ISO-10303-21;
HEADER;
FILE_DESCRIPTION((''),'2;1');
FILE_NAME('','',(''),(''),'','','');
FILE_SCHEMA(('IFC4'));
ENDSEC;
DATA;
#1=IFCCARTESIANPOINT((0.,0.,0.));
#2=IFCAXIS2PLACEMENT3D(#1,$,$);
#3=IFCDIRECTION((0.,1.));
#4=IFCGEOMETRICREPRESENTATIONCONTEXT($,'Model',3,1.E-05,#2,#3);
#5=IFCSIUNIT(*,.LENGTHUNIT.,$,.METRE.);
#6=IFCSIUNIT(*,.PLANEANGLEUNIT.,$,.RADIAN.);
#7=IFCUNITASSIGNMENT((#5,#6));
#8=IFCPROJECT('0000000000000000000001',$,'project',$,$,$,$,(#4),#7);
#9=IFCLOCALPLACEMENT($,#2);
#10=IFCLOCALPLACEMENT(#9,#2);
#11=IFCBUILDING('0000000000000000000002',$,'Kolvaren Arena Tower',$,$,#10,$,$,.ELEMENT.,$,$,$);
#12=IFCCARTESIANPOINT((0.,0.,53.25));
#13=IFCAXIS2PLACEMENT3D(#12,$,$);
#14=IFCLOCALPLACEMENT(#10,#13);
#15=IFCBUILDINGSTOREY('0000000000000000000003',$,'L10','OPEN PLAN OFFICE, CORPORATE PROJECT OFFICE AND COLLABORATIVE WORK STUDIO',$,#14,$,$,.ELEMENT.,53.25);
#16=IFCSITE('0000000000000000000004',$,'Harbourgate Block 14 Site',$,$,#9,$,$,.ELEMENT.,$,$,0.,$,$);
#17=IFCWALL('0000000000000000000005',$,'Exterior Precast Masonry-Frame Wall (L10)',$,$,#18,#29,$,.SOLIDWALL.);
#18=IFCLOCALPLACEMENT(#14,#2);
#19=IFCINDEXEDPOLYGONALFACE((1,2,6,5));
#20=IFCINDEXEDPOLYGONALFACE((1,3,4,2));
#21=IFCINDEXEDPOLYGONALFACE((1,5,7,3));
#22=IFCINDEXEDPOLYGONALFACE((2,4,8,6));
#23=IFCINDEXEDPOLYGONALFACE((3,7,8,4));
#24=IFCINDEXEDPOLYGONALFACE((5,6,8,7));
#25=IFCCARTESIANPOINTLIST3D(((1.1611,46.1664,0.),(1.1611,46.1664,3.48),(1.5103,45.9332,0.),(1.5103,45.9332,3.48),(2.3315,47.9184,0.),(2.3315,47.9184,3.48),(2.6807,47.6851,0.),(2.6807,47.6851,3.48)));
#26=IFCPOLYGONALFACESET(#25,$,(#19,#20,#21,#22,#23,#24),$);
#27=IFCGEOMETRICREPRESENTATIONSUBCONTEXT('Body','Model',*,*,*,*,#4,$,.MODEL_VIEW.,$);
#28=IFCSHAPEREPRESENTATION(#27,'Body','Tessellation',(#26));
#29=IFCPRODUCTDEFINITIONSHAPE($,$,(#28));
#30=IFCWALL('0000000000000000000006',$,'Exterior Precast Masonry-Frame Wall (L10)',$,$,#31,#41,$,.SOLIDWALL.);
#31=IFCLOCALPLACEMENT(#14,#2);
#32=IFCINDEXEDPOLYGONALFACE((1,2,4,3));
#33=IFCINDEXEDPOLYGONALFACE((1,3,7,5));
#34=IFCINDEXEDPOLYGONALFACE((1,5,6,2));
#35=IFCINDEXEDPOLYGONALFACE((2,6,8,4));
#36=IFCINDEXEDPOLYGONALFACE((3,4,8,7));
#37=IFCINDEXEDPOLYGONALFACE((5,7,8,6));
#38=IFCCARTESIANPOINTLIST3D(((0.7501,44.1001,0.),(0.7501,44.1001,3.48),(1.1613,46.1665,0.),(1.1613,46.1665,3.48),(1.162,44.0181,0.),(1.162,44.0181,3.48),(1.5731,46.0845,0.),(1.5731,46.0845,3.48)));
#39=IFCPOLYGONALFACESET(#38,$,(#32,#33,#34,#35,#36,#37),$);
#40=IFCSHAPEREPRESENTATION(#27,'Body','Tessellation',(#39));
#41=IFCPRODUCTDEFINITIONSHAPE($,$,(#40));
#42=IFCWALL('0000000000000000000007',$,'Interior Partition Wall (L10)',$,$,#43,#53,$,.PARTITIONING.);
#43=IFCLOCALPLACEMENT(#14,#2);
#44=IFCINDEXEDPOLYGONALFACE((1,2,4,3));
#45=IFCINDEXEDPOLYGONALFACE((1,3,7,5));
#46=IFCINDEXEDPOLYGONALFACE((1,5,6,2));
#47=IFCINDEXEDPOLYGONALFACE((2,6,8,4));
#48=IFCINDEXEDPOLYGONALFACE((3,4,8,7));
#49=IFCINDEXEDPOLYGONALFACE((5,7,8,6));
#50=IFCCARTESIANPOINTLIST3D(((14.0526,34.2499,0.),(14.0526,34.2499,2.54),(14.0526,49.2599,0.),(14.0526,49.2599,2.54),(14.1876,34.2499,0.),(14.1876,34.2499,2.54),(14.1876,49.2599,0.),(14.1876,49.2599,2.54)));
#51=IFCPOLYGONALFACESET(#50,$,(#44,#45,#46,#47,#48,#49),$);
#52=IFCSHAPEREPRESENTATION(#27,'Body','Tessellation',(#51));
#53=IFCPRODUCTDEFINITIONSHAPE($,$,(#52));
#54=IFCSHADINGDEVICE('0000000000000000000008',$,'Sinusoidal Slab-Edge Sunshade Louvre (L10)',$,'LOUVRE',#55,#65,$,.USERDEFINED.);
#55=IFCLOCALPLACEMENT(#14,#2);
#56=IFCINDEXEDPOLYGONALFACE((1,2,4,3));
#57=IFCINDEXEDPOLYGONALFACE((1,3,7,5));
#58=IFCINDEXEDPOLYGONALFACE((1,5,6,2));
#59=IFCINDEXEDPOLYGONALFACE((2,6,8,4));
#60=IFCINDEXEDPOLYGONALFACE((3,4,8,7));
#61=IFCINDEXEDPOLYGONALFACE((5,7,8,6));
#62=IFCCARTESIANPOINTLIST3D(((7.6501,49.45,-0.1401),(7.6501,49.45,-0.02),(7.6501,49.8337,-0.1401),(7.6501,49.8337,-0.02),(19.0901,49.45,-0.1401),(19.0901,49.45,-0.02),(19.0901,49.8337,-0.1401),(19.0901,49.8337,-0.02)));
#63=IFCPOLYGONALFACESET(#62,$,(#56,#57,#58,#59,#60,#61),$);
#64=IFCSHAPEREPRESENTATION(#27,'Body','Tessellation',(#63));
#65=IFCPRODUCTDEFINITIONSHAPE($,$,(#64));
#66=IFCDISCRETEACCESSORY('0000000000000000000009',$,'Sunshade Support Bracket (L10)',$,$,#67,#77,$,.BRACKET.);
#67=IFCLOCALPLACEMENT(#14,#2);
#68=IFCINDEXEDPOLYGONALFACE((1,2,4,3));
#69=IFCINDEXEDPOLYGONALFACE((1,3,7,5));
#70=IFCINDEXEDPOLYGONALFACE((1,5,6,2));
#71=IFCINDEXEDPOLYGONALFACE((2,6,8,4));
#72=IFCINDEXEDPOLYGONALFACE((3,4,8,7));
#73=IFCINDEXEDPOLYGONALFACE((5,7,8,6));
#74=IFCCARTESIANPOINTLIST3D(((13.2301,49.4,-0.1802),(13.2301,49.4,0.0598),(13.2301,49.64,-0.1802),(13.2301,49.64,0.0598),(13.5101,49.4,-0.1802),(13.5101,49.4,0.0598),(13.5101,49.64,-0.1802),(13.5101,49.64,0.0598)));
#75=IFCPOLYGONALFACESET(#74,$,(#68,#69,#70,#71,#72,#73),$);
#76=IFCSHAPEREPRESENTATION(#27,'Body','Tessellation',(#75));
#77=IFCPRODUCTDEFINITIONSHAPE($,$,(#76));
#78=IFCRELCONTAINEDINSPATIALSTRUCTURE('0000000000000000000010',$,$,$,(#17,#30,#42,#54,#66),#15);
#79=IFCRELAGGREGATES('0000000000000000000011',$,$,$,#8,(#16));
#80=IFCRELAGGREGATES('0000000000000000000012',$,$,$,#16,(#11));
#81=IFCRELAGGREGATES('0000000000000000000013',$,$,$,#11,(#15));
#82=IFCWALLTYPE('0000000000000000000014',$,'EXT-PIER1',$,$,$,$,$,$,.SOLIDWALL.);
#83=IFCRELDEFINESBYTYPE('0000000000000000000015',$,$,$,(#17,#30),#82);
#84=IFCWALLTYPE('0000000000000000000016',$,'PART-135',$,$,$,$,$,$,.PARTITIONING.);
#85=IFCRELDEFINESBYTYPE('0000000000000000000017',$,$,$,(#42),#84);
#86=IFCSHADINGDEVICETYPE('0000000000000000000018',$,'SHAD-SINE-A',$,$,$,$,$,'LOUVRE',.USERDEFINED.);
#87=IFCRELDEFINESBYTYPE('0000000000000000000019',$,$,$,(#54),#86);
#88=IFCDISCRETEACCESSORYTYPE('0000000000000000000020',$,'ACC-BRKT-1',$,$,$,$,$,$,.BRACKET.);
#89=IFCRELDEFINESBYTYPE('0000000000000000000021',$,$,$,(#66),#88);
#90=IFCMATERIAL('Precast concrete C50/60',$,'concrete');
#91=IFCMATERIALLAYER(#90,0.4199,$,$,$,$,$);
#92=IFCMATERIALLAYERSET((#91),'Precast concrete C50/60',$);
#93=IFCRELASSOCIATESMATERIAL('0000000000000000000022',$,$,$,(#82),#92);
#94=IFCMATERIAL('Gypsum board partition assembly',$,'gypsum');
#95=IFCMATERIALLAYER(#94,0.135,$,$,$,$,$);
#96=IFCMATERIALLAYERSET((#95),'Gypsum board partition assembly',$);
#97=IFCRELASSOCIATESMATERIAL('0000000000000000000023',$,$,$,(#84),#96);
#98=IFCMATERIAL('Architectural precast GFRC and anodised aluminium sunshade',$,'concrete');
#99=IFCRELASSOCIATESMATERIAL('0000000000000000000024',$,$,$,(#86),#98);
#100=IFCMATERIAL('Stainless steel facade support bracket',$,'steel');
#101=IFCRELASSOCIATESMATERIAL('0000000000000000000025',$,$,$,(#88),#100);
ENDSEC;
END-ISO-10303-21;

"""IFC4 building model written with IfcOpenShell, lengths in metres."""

from ifc_helpers import new_model, si_unit, direction, frame, frame_2d, origin, origin_2d, place, context, subcontext, project, spatial, rectangle, extrude, material, layer, layer_set, type_object, element, save


model = new_model("IFC4")

# Units and contexts
model_context = context("Model", 3, precision=1e-05, world=origin(), true_north=direction((0.0, 1.0)))
body_context = subcontext(model_context, "Body", "Model", "MODEL_VIEW")
ifc_project = project(units=[si_unit("LENGTHUNIT", "METRE"), si_unit("PLANEANGLEUNIT", "RADIAN")], contexts=[model_context])

# Site, building, storey
site_placement = place(None, origin())
site = spatial("IfcSite", under=ifc_project, at=site_placement, Name="Harbourgate Block 14 Site", CompositionType="ELEMENT", RefElevation=0.0)
building_placement = place(site_placement, origin())
building = spatial("IfcBuilding", under=site, at=building_placement, Name="Kolvaren Arena Tower", CompositionType="ELEMENT")
storey_placement = place(building_placement, frame((0.0, 0.0, 53.25)))
storey = spatial("IfcBuildingStorey", under=building, at=storey_placement, Name="L10", Description="OPEN PLAN OFFICE, CORPORATE PROJECT OFFICE AND COLLABORATIVE WORK STUDIO", CompositionType="ELEMENT", Elevation=53.25)

# Shared definitions
ifc_material_1 = material(Name="Precast concrete C50/60", Category="concrete")
ifc_layer_1 = layer(ifc_material_1, 0.4199)
ifc_layer_set_1 = layer_set([ifc_layer_1], Name="Precast concrete C50/60")
wall_type_1 = type_object("IfcWallType", Name="EXT-PIER1", PredefinedType="SOLIDWALL", material=ifc_layer_set_1)

# Walls
for number, where, z_axis, x_axis, name in (
    (1, (1.3357, 46.0498, 0.0), (0.0, 0.0, 1.0), (0.555502, 0.831515, 0.0), "Exterior Precast Masonry-Frame Wall (L10)"),
    (2, (0.9561, 44.0591, 0.0), (0.0, 0.0, 1.0), (0.195136, 0.980776, 0.0), "Exterior Precast Masonry-Frame Wall (L10)"),
):
    element("IfcWall", number, at=place(storey_placement, frame(where, z_axis=z_axis, x_axis=x_axis)), inside=storey, type_object=wall_type_1, Name=name, PredefinedType="SOLIDWALL", context=body_context, shape_type="SweptSolid", body=[
        extrude(rectangle(XDim=2.1069, YDim=0.4199, at=frame_2d((1.0535, 0.0))), origin(), (0.0, 0.0, 1.0), 3.48),
    ])
ifc_material_2 = material(Name="Gypsum board partition assembly", Category="gypsum")
ifc_layer_2 = layer(ifc_material_2, 0.135)
ifc_layer_set_2 = layer_set([ifc_layer_2], Name="Gypsum board partition assembly")
wall_type_2 = type_object("IfcWallType", Name="PART-135", PredefinedType="PARTITIONING", material=ifc_layer_set_2)
wall_1_placement = place(storey_placement, frame((14.1201, 34.25, 0.0), z_axis=(0.0, 0.0, 1.0), x_axis=(0.0, 1.0, 0.0)))
element("IfcWall", 3, at=wall_1_placement, inside=storey, type_object=wall_type_2, Name="Interior Partition Wall (L10)", PredefinedType="PARTITIONING", context=body_context, shape_type="SweptSolid", body=[
    extrude(rectangle(XDim=15.01, YDim=0.135, at=frame_2d((7.5049, 0.0))), origin(), (0.0, 0.0, 1.0), 2.54),
])

# Shading device
ifc_material_3 = material(Name="Architectural precast GFRC and anodised aluminium sunshade", Category="concrete")
shading_device_type = type_object("IfcShadingDeviceType", Name="SHAD-SINE-A", ElementType="LOUVRE", PredefinedType="USERDEFINED", material=ifc_material_3)
shading_device_placement = place(storey_placement, frame((13.3701, 49.6418, -0.1401), z_axis=(0.0, 0.0, 1.0), x_axis=(1.0, 0.0, 0.0)))
element("IfcShadingDevice", 4, at=shading_device_placement, inside=storey, type_object=shading_device_type, Name="Sinusoidal Slab-Edge Sunshade Louvre (L10)", ObjectType="LOUVRE", PredefinedType="USERDEFINED", context=body_context, shape_type="SweptSolid", body=[
    extrude(rectangle(XDim=11.4399, YDim=0.3838, at=origin_2d()), origin(), (0.0, 0.0, 1.0), 0.1201),
])

# Discrete accessory
ifc_material_4 = material(Name="Stainless steel facade support bracket", Category="steel")
discrete_accessory_type = type_object("IfcDiscreteAccessoryType", Name="ACC-BRKT-1", PredefinedType="BRACKET", material=ifc_material_4)
discrete_accessory_placement = place(storey_placement, frame((13.3701, 49.52, -0.1802), z_axis=(0.0, 0.0, 1.0), x_axis=(1.0, 0.0, 0.0)))
element("IfcDiscreteAccessory", 5, at=discrete_accessory_placement, inside=storey, type_object=discrete_accessory_type, Name="Sunshade Support Bracket (L10)", PredefinedType="BRACKET", context=body_context, shape_type="SweptSolid", body=[
    extrude(rectangle(XDim=0.28, YDim=0.24, at=origin_2d()), origin(), (0.0, 0.0, 1.0), 0.24),
])

save(model, "model.ifc")
